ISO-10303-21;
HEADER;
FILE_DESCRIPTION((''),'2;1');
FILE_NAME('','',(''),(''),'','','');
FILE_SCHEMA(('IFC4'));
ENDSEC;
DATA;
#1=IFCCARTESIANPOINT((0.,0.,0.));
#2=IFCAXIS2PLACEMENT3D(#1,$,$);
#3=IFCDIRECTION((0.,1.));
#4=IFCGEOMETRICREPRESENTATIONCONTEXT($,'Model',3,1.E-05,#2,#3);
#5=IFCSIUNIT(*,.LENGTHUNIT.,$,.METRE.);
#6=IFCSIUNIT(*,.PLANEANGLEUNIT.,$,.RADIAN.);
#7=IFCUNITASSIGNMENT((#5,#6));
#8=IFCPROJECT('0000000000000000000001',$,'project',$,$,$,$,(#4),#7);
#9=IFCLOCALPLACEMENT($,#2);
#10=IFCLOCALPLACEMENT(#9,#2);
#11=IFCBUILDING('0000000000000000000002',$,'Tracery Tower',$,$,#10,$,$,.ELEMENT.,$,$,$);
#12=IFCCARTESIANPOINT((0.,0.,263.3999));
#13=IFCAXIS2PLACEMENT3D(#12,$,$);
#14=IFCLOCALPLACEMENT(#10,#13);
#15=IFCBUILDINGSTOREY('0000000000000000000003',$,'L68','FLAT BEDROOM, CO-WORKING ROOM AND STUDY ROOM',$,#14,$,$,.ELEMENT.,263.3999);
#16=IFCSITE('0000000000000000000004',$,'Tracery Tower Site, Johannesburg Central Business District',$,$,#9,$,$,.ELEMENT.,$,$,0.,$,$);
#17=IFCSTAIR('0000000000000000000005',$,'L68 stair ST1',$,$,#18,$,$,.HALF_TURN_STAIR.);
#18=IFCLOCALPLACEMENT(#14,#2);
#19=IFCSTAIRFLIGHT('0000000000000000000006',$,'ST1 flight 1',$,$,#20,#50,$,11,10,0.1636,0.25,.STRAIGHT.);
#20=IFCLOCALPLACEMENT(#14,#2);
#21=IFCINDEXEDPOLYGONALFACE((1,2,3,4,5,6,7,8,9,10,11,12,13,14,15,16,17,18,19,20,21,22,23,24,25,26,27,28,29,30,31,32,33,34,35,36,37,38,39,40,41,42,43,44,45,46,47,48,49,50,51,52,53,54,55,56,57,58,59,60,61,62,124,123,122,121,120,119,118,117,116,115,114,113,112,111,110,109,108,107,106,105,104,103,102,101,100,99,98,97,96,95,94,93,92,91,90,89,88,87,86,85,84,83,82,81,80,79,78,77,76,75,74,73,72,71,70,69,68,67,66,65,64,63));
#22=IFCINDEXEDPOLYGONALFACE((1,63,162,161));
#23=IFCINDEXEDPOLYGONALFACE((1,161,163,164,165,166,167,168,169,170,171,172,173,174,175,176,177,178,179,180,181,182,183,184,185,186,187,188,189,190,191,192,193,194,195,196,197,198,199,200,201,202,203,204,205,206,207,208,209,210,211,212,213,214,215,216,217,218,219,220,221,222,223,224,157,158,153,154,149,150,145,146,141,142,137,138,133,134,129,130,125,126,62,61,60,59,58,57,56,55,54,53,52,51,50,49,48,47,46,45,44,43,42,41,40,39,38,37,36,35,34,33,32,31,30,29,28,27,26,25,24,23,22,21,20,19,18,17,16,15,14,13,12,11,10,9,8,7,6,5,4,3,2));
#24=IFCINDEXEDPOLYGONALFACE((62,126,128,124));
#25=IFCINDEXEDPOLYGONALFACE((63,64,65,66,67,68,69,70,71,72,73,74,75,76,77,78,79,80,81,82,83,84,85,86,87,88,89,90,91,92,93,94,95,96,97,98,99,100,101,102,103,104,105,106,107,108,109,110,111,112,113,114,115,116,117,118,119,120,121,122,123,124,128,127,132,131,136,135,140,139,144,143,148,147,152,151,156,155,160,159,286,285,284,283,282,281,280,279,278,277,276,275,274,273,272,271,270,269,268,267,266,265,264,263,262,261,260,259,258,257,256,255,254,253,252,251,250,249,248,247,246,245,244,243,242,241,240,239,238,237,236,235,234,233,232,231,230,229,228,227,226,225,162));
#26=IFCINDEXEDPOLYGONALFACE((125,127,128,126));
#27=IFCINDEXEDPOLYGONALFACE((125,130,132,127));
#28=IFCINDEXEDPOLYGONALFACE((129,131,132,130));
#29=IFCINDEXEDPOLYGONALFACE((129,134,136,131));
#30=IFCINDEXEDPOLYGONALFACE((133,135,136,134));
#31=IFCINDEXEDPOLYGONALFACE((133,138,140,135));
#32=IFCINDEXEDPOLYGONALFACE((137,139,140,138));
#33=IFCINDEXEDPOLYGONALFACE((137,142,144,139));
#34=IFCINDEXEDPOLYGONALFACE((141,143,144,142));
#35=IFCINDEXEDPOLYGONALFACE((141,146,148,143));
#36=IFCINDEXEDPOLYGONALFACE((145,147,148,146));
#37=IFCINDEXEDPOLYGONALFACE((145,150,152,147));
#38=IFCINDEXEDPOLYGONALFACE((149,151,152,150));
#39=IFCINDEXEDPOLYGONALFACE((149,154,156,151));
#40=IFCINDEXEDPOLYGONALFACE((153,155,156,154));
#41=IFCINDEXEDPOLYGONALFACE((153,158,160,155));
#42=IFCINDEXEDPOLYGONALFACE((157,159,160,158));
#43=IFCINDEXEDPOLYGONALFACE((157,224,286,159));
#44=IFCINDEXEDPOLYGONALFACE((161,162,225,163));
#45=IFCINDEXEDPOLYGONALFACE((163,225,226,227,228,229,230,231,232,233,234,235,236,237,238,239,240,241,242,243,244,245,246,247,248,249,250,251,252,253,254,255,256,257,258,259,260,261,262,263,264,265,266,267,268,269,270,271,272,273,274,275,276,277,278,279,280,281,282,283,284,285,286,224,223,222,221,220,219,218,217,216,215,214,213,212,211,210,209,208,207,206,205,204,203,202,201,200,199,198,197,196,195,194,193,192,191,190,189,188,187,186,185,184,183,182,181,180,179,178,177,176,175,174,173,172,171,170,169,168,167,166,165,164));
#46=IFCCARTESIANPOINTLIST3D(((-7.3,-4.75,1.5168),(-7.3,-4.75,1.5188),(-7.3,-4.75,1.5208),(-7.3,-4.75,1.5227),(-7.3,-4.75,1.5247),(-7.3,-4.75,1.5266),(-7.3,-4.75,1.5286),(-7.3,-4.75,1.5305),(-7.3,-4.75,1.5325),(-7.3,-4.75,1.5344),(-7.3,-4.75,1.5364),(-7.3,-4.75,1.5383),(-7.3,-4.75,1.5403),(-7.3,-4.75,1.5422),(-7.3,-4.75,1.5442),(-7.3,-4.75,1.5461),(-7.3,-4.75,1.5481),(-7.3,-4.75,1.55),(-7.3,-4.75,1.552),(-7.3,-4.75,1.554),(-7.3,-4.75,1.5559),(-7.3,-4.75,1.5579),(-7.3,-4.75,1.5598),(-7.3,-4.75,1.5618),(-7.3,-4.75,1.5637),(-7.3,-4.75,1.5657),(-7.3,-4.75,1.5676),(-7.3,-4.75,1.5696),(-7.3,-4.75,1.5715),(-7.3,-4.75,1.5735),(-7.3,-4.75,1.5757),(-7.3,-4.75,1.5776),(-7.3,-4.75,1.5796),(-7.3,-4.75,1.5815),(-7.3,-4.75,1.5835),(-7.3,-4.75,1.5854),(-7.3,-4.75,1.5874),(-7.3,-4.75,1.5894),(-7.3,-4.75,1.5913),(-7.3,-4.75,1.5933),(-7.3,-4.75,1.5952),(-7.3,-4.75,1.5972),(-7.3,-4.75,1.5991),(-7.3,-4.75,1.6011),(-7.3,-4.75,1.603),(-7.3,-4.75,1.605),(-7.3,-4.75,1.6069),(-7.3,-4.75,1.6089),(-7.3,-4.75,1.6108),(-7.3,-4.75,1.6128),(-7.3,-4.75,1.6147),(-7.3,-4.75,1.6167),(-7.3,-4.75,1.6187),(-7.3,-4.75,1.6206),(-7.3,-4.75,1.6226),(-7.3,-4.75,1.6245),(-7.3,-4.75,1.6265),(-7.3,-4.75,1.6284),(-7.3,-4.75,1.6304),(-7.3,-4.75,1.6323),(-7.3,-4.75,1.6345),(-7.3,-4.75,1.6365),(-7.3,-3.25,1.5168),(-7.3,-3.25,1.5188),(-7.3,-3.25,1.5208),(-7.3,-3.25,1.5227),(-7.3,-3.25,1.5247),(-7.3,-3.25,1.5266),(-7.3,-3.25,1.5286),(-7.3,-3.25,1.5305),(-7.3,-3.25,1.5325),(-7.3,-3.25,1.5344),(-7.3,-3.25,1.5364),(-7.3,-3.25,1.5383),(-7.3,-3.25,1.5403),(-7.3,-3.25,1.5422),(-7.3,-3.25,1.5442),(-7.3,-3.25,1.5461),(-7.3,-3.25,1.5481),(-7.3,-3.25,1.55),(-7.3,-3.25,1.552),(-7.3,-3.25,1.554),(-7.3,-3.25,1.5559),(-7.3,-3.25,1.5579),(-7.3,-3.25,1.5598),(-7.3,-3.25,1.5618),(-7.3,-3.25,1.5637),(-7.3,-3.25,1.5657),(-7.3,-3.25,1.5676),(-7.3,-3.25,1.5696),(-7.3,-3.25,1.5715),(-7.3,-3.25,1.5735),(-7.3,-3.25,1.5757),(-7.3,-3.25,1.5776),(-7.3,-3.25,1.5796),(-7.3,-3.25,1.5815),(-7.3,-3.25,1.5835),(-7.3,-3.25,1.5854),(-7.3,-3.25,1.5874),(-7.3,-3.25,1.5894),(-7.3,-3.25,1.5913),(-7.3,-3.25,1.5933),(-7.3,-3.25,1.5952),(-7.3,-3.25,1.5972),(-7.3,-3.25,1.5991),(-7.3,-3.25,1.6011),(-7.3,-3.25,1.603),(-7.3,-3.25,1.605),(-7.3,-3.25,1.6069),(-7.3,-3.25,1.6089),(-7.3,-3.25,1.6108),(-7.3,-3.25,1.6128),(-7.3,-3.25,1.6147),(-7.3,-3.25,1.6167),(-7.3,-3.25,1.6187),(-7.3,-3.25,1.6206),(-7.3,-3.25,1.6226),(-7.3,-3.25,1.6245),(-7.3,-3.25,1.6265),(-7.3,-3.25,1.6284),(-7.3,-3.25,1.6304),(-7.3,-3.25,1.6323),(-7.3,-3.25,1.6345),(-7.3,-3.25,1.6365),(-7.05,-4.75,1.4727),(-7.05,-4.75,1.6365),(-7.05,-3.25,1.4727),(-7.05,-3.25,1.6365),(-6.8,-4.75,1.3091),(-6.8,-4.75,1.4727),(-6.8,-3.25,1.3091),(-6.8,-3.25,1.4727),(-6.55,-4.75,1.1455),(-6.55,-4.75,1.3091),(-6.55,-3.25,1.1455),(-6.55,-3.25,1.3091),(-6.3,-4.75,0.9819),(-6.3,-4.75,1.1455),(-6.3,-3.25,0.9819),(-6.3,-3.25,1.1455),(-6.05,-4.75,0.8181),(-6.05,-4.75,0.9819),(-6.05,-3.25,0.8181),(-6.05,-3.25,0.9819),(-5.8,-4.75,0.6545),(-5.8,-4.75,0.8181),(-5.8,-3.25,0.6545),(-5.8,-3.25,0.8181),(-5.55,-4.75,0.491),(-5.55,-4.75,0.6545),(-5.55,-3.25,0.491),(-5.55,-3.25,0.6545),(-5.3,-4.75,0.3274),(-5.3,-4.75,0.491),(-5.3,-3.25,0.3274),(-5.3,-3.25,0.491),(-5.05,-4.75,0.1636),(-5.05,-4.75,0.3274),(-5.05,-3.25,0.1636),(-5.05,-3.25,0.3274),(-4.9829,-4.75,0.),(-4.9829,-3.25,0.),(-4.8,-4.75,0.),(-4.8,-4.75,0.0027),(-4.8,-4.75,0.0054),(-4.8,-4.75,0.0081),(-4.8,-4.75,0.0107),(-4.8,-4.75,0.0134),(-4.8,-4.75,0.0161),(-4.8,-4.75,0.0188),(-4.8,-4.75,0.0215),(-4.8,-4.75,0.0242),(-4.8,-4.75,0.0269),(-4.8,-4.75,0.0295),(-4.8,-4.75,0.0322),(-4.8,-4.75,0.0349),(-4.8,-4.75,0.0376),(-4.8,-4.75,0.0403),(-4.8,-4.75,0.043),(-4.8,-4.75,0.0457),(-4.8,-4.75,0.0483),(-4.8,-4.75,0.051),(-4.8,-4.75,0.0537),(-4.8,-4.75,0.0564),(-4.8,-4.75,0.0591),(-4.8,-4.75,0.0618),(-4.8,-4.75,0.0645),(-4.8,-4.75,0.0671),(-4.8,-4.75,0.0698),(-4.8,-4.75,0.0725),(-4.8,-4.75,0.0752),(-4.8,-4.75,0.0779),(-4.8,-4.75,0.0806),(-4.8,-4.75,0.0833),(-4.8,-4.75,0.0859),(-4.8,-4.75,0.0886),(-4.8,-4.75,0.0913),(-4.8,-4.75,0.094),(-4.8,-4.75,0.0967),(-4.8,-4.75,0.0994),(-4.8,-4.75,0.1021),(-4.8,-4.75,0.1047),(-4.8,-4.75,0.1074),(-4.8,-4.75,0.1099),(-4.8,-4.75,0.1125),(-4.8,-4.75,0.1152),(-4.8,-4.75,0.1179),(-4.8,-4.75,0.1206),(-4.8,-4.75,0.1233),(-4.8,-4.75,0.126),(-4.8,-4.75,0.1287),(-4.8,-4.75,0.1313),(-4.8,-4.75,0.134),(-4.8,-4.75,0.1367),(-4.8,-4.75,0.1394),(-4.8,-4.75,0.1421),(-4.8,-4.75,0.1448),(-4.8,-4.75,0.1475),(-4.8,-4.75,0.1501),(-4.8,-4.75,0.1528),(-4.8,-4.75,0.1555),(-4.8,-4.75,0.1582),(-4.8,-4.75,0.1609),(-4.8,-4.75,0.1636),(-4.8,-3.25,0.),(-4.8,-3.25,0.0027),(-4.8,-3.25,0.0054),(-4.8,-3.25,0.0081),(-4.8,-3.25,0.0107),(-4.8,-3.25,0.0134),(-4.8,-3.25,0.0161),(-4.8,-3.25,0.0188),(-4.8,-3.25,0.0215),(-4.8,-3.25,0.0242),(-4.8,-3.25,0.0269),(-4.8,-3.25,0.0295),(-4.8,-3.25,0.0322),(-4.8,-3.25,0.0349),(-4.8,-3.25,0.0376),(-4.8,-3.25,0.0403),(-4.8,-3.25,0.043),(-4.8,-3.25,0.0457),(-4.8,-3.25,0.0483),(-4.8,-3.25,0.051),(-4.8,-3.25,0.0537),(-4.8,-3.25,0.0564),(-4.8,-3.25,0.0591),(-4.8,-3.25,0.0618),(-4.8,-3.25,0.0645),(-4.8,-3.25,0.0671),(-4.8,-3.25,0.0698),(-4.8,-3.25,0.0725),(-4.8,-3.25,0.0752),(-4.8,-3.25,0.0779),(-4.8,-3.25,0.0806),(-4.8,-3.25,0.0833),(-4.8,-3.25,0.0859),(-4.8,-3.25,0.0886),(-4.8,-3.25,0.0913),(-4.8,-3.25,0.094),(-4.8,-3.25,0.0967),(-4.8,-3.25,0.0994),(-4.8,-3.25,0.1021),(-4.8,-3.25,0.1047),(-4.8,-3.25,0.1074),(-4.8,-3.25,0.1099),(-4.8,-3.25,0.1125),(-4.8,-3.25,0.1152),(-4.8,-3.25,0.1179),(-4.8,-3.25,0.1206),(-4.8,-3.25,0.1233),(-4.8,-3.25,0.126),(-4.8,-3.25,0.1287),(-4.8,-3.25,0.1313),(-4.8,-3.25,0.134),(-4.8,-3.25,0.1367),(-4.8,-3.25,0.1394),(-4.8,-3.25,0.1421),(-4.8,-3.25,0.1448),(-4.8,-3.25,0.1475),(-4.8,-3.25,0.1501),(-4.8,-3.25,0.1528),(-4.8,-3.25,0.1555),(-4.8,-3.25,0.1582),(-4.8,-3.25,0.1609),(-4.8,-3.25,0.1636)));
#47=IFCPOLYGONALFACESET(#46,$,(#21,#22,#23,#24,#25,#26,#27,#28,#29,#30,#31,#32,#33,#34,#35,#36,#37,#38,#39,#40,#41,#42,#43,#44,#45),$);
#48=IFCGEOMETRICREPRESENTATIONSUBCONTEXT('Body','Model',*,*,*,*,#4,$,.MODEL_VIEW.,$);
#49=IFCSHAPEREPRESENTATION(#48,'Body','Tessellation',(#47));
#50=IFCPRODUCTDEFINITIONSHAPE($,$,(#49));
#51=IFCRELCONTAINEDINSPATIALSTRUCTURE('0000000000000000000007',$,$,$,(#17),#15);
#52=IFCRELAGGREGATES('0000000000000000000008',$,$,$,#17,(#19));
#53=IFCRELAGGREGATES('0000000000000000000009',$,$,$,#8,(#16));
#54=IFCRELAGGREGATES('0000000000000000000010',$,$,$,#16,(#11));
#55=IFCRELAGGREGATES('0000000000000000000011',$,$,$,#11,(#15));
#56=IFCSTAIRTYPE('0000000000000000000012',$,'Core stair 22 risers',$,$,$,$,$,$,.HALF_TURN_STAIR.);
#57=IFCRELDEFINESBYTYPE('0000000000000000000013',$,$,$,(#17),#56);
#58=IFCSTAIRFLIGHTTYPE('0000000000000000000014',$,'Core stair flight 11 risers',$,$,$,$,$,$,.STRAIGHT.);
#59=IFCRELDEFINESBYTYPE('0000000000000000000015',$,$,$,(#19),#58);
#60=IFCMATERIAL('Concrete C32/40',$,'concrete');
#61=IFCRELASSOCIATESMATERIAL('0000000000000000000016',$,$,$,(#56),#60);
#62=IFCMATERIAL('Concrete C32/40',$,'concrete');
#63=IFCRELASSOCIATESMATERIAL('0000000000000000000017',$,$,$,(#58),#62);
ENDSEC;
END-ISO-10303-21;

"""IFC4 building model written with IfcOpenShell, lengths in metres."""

from ifc_helpers import new_model, si_unit, direction, frame, origin, place, context, subcontext, project, spatial, polyline, outline, extrude, material, type_object, element, aggregate, save


model = new_model("IFC4")

# Units and contexts
model_context = context("Model", 3, precision=1e-05, world=origin(), true_north=direction((0.0, 1.0)))
body_context = subcontext(model_context, "Body", "Model", "MODEL_VIEW")
ifc_project = project(units=[si_unit("LENGTHUNIT", "METRE"), si_unit("PLANEANGLEUNIT", "RADIAN")], contexts=[model_context])

# Site, building, storey
site_placement = place(None, origin())
site = spatial("IfcSite", under=ifc_project, at=site_placement, Name="Tracery Tower Site, Johannesburg Central Business District", CompositionType="ELEMENT", RefElevation=0.0)
building_placement = place(site_placement, origin())
building = spatial("IfcBuilding", under=site, at=building_placement, Name="Tracery Tower", CompositionType="ELEMENT")
storey_placement = place(building_placement, frame((0.0, 0.0, 263.3999)))
storey = spatial("IfcBuildingStorey", under=building, at=storey_placement, Name="L68", Description="FLAT BEDROOM, CO-WORKING ROOM AND STUDY ROOM", CompositionType="ELEMENT", Elevation=263.3999)

# Stair, stair flight
ifc_material_1 = material(Name="Concrete C32/40", Category="concrete")
stair_type = type_object("IfcStairType", Name="Core stair 22 risers", PredefinedType="HALF_TURN_STAIR", material=ifc_material_1)
stair_placement = place(storey_placement, origin())
stair = element("IfcStair", 1, at=stair_placement, inside=storey, type_object=stair_type, Name="L68 stair ST1", PredefinedType="HALF_TURN_STAIR")
ifc_material_2 = material(Name="Concrete C32/40", Category="concrete")
stair_flight_type = type_object("IfcStairFlightType", Name="Core stair flight 11 risers", PredefinedType="STRAIGHT", material=ifc_material_2)
stair_flight_1_placement = place(storey_placement, frame((-4.8, -4.0, 0.0), z_axis=(0.0, 0.0, 1.0), x_axis=(-1.0, 0.0, 0.0)))
stair_flight_1 = element("IfcStairFlight", 2, at=stair_flight_1_placement, type_object=stair_flight_type, Name="ST1 flight 1", NumberOfRisers=11, NumberOfTreads=10, PredefinedType="STRAIGHT", RiserHeight=0.1636, TreadLength=0.25, context=body_context, shape_type="SweptSolid", body=[
    extrude(outline(polyline([(0.0, 0.0), (0.0, 0.0027), (0.0, 0.0054), (0.0, 0.0081), (0.0, 0.0107), (0.0, 0.0134), (0.0, 0.0161), (0.0, 0.0188), (0.0, 0.0215), (0.0, 0.0242), (0.0, 0.0269), (0.0, 0.0295), (0.0, 0.0322), (0.0, 0.0349), (0.0, 0.0376), (0.0, 0.0403), (0.0, 0.043), (0.0, 0.0457), (0.0, 0.0483), (0.0, 0.051), (0.0, 0.0537), (0.0, 0.0564), (0.0, 0.0591), (0.0, 0.0618), (0.0, 0.0645), (0.0, 0.0671), (0.0, 0.0698), (0.0, 0.0725), (0.0, 0.0752), (0.0, 0.0779), (0.0, 0.0806), (0.0, 0.0833), (0.0, 0.0859), (0.0, 0.0886), (0.0, 0.0913), (0.0, 0.094), (0.0, 0.0967), (0.0, 0.0994), (0.0, 0.1021), (0.0, 0.1047), (0.0, 0.1074), (0.0, 0.1099), (0.0, 0.1125), (0.0, 0.1152), (0.0, 0.1179), (0.0, 0.1206), (0.0, 0.1233), (0.0, 0.126), (0.0, 0.1287), (0.0, 0.1313), (0.0, 0.134), (0.0, 0.1367), (0.0, 0.1394), (0.0, 0.1421), (0.0, 0.1448), (0.0, 0.1475), (0.0, 0.1501), (0.0, 0.1528), (0.0, 0.1555), (0.0, 0.1582), (0.0, 0.1609), (0.0, 0.1636), (0.25, 0.1636), (0.25, 0.3274), (0.5, 0.3274), (0.5, 0.491), (0.75, 0.491), (0.75, 0.6545), (1.0, 0.6545), (1.0, 0.8181), (1.25, 0.8181), (1.25, 0.9819), (1.5, 0.9819), (1.5, 1.1455), (1.75, 1.1455), (1.75, 1.3091), (2.0, 1.3091), (2.0, 1.4727), (2.25, 1.4727), (2.25, 1.6365), (2.5, 1.6365), (2.5, 1.6345), (2.5, 1.6323), (2.5, 1.6304), (2.5, 1.6284), (2.5, 1.6265), (2.5, 1.6245), (2.5, 1.6226), (2.5, 1.6206), (2.5, 1.6187), (2.5, 1.6167), (2.5, 1.6147), (2.5, 1.6128), (2.5, 1.6108), (2.5, 1.6089), (2.5, 1.6069), (2.5, 1.605), (2.5, 1.603), (2.5, 1.6011), (2.5, 1.5991), (2.5, 1.5972), (2.5, 1.5952), (2.5, 1.5933), (2.5, 1.5913), (2.5, 1.5894), (2.5, 1.5874), (2.5, 1.5854), (2.5, 1.5835), (2.5, 1.5815), (2.5, 1.5796), (2.5, 1.5776), (2.5, 1.5757), (2.5, 1.5735), (2.5, 1.5715), (2.5, 1.5696), (2.5, 1.5676), (2.5, 1.5657), (2.5, 1.5637), (2.5, 1.5618), (2.5, 1.5598), (2.5, 1.5579), (2.5, 1.5559), (2.5, 1.554), (2.5, 1.552), (2.5, 1.55), (2.5, 1.5481), (2.5, 1.5461), (2.5, 1.5442), (2.5, 1.5422), (2.5, 1.5403), (2.5, 1.5383), (2.5, 1.5364), (2.5, 1.5344), (2.5, 1.5325), (2.5, 1.5305), (2.5, 1.5286), (2.5, 1.5266), (2.5, 1.5247), (2.5, 1.5227), (2.5, 1.5208), (2.5, 1.5188), (2.5, 1.5168), (0.1829, 0.0), (0.0, 0.0)])), frame((0.0, 0.75, 0.0), z_axis=(0.0, -1.0, 0.0), x_axis=(1.0, 0.0, 0.0)), (0.0, 0.0, 1.0), 1.5),
])
aggregate(stair, [stair_flight_1])

save(model, "model.ifc")
